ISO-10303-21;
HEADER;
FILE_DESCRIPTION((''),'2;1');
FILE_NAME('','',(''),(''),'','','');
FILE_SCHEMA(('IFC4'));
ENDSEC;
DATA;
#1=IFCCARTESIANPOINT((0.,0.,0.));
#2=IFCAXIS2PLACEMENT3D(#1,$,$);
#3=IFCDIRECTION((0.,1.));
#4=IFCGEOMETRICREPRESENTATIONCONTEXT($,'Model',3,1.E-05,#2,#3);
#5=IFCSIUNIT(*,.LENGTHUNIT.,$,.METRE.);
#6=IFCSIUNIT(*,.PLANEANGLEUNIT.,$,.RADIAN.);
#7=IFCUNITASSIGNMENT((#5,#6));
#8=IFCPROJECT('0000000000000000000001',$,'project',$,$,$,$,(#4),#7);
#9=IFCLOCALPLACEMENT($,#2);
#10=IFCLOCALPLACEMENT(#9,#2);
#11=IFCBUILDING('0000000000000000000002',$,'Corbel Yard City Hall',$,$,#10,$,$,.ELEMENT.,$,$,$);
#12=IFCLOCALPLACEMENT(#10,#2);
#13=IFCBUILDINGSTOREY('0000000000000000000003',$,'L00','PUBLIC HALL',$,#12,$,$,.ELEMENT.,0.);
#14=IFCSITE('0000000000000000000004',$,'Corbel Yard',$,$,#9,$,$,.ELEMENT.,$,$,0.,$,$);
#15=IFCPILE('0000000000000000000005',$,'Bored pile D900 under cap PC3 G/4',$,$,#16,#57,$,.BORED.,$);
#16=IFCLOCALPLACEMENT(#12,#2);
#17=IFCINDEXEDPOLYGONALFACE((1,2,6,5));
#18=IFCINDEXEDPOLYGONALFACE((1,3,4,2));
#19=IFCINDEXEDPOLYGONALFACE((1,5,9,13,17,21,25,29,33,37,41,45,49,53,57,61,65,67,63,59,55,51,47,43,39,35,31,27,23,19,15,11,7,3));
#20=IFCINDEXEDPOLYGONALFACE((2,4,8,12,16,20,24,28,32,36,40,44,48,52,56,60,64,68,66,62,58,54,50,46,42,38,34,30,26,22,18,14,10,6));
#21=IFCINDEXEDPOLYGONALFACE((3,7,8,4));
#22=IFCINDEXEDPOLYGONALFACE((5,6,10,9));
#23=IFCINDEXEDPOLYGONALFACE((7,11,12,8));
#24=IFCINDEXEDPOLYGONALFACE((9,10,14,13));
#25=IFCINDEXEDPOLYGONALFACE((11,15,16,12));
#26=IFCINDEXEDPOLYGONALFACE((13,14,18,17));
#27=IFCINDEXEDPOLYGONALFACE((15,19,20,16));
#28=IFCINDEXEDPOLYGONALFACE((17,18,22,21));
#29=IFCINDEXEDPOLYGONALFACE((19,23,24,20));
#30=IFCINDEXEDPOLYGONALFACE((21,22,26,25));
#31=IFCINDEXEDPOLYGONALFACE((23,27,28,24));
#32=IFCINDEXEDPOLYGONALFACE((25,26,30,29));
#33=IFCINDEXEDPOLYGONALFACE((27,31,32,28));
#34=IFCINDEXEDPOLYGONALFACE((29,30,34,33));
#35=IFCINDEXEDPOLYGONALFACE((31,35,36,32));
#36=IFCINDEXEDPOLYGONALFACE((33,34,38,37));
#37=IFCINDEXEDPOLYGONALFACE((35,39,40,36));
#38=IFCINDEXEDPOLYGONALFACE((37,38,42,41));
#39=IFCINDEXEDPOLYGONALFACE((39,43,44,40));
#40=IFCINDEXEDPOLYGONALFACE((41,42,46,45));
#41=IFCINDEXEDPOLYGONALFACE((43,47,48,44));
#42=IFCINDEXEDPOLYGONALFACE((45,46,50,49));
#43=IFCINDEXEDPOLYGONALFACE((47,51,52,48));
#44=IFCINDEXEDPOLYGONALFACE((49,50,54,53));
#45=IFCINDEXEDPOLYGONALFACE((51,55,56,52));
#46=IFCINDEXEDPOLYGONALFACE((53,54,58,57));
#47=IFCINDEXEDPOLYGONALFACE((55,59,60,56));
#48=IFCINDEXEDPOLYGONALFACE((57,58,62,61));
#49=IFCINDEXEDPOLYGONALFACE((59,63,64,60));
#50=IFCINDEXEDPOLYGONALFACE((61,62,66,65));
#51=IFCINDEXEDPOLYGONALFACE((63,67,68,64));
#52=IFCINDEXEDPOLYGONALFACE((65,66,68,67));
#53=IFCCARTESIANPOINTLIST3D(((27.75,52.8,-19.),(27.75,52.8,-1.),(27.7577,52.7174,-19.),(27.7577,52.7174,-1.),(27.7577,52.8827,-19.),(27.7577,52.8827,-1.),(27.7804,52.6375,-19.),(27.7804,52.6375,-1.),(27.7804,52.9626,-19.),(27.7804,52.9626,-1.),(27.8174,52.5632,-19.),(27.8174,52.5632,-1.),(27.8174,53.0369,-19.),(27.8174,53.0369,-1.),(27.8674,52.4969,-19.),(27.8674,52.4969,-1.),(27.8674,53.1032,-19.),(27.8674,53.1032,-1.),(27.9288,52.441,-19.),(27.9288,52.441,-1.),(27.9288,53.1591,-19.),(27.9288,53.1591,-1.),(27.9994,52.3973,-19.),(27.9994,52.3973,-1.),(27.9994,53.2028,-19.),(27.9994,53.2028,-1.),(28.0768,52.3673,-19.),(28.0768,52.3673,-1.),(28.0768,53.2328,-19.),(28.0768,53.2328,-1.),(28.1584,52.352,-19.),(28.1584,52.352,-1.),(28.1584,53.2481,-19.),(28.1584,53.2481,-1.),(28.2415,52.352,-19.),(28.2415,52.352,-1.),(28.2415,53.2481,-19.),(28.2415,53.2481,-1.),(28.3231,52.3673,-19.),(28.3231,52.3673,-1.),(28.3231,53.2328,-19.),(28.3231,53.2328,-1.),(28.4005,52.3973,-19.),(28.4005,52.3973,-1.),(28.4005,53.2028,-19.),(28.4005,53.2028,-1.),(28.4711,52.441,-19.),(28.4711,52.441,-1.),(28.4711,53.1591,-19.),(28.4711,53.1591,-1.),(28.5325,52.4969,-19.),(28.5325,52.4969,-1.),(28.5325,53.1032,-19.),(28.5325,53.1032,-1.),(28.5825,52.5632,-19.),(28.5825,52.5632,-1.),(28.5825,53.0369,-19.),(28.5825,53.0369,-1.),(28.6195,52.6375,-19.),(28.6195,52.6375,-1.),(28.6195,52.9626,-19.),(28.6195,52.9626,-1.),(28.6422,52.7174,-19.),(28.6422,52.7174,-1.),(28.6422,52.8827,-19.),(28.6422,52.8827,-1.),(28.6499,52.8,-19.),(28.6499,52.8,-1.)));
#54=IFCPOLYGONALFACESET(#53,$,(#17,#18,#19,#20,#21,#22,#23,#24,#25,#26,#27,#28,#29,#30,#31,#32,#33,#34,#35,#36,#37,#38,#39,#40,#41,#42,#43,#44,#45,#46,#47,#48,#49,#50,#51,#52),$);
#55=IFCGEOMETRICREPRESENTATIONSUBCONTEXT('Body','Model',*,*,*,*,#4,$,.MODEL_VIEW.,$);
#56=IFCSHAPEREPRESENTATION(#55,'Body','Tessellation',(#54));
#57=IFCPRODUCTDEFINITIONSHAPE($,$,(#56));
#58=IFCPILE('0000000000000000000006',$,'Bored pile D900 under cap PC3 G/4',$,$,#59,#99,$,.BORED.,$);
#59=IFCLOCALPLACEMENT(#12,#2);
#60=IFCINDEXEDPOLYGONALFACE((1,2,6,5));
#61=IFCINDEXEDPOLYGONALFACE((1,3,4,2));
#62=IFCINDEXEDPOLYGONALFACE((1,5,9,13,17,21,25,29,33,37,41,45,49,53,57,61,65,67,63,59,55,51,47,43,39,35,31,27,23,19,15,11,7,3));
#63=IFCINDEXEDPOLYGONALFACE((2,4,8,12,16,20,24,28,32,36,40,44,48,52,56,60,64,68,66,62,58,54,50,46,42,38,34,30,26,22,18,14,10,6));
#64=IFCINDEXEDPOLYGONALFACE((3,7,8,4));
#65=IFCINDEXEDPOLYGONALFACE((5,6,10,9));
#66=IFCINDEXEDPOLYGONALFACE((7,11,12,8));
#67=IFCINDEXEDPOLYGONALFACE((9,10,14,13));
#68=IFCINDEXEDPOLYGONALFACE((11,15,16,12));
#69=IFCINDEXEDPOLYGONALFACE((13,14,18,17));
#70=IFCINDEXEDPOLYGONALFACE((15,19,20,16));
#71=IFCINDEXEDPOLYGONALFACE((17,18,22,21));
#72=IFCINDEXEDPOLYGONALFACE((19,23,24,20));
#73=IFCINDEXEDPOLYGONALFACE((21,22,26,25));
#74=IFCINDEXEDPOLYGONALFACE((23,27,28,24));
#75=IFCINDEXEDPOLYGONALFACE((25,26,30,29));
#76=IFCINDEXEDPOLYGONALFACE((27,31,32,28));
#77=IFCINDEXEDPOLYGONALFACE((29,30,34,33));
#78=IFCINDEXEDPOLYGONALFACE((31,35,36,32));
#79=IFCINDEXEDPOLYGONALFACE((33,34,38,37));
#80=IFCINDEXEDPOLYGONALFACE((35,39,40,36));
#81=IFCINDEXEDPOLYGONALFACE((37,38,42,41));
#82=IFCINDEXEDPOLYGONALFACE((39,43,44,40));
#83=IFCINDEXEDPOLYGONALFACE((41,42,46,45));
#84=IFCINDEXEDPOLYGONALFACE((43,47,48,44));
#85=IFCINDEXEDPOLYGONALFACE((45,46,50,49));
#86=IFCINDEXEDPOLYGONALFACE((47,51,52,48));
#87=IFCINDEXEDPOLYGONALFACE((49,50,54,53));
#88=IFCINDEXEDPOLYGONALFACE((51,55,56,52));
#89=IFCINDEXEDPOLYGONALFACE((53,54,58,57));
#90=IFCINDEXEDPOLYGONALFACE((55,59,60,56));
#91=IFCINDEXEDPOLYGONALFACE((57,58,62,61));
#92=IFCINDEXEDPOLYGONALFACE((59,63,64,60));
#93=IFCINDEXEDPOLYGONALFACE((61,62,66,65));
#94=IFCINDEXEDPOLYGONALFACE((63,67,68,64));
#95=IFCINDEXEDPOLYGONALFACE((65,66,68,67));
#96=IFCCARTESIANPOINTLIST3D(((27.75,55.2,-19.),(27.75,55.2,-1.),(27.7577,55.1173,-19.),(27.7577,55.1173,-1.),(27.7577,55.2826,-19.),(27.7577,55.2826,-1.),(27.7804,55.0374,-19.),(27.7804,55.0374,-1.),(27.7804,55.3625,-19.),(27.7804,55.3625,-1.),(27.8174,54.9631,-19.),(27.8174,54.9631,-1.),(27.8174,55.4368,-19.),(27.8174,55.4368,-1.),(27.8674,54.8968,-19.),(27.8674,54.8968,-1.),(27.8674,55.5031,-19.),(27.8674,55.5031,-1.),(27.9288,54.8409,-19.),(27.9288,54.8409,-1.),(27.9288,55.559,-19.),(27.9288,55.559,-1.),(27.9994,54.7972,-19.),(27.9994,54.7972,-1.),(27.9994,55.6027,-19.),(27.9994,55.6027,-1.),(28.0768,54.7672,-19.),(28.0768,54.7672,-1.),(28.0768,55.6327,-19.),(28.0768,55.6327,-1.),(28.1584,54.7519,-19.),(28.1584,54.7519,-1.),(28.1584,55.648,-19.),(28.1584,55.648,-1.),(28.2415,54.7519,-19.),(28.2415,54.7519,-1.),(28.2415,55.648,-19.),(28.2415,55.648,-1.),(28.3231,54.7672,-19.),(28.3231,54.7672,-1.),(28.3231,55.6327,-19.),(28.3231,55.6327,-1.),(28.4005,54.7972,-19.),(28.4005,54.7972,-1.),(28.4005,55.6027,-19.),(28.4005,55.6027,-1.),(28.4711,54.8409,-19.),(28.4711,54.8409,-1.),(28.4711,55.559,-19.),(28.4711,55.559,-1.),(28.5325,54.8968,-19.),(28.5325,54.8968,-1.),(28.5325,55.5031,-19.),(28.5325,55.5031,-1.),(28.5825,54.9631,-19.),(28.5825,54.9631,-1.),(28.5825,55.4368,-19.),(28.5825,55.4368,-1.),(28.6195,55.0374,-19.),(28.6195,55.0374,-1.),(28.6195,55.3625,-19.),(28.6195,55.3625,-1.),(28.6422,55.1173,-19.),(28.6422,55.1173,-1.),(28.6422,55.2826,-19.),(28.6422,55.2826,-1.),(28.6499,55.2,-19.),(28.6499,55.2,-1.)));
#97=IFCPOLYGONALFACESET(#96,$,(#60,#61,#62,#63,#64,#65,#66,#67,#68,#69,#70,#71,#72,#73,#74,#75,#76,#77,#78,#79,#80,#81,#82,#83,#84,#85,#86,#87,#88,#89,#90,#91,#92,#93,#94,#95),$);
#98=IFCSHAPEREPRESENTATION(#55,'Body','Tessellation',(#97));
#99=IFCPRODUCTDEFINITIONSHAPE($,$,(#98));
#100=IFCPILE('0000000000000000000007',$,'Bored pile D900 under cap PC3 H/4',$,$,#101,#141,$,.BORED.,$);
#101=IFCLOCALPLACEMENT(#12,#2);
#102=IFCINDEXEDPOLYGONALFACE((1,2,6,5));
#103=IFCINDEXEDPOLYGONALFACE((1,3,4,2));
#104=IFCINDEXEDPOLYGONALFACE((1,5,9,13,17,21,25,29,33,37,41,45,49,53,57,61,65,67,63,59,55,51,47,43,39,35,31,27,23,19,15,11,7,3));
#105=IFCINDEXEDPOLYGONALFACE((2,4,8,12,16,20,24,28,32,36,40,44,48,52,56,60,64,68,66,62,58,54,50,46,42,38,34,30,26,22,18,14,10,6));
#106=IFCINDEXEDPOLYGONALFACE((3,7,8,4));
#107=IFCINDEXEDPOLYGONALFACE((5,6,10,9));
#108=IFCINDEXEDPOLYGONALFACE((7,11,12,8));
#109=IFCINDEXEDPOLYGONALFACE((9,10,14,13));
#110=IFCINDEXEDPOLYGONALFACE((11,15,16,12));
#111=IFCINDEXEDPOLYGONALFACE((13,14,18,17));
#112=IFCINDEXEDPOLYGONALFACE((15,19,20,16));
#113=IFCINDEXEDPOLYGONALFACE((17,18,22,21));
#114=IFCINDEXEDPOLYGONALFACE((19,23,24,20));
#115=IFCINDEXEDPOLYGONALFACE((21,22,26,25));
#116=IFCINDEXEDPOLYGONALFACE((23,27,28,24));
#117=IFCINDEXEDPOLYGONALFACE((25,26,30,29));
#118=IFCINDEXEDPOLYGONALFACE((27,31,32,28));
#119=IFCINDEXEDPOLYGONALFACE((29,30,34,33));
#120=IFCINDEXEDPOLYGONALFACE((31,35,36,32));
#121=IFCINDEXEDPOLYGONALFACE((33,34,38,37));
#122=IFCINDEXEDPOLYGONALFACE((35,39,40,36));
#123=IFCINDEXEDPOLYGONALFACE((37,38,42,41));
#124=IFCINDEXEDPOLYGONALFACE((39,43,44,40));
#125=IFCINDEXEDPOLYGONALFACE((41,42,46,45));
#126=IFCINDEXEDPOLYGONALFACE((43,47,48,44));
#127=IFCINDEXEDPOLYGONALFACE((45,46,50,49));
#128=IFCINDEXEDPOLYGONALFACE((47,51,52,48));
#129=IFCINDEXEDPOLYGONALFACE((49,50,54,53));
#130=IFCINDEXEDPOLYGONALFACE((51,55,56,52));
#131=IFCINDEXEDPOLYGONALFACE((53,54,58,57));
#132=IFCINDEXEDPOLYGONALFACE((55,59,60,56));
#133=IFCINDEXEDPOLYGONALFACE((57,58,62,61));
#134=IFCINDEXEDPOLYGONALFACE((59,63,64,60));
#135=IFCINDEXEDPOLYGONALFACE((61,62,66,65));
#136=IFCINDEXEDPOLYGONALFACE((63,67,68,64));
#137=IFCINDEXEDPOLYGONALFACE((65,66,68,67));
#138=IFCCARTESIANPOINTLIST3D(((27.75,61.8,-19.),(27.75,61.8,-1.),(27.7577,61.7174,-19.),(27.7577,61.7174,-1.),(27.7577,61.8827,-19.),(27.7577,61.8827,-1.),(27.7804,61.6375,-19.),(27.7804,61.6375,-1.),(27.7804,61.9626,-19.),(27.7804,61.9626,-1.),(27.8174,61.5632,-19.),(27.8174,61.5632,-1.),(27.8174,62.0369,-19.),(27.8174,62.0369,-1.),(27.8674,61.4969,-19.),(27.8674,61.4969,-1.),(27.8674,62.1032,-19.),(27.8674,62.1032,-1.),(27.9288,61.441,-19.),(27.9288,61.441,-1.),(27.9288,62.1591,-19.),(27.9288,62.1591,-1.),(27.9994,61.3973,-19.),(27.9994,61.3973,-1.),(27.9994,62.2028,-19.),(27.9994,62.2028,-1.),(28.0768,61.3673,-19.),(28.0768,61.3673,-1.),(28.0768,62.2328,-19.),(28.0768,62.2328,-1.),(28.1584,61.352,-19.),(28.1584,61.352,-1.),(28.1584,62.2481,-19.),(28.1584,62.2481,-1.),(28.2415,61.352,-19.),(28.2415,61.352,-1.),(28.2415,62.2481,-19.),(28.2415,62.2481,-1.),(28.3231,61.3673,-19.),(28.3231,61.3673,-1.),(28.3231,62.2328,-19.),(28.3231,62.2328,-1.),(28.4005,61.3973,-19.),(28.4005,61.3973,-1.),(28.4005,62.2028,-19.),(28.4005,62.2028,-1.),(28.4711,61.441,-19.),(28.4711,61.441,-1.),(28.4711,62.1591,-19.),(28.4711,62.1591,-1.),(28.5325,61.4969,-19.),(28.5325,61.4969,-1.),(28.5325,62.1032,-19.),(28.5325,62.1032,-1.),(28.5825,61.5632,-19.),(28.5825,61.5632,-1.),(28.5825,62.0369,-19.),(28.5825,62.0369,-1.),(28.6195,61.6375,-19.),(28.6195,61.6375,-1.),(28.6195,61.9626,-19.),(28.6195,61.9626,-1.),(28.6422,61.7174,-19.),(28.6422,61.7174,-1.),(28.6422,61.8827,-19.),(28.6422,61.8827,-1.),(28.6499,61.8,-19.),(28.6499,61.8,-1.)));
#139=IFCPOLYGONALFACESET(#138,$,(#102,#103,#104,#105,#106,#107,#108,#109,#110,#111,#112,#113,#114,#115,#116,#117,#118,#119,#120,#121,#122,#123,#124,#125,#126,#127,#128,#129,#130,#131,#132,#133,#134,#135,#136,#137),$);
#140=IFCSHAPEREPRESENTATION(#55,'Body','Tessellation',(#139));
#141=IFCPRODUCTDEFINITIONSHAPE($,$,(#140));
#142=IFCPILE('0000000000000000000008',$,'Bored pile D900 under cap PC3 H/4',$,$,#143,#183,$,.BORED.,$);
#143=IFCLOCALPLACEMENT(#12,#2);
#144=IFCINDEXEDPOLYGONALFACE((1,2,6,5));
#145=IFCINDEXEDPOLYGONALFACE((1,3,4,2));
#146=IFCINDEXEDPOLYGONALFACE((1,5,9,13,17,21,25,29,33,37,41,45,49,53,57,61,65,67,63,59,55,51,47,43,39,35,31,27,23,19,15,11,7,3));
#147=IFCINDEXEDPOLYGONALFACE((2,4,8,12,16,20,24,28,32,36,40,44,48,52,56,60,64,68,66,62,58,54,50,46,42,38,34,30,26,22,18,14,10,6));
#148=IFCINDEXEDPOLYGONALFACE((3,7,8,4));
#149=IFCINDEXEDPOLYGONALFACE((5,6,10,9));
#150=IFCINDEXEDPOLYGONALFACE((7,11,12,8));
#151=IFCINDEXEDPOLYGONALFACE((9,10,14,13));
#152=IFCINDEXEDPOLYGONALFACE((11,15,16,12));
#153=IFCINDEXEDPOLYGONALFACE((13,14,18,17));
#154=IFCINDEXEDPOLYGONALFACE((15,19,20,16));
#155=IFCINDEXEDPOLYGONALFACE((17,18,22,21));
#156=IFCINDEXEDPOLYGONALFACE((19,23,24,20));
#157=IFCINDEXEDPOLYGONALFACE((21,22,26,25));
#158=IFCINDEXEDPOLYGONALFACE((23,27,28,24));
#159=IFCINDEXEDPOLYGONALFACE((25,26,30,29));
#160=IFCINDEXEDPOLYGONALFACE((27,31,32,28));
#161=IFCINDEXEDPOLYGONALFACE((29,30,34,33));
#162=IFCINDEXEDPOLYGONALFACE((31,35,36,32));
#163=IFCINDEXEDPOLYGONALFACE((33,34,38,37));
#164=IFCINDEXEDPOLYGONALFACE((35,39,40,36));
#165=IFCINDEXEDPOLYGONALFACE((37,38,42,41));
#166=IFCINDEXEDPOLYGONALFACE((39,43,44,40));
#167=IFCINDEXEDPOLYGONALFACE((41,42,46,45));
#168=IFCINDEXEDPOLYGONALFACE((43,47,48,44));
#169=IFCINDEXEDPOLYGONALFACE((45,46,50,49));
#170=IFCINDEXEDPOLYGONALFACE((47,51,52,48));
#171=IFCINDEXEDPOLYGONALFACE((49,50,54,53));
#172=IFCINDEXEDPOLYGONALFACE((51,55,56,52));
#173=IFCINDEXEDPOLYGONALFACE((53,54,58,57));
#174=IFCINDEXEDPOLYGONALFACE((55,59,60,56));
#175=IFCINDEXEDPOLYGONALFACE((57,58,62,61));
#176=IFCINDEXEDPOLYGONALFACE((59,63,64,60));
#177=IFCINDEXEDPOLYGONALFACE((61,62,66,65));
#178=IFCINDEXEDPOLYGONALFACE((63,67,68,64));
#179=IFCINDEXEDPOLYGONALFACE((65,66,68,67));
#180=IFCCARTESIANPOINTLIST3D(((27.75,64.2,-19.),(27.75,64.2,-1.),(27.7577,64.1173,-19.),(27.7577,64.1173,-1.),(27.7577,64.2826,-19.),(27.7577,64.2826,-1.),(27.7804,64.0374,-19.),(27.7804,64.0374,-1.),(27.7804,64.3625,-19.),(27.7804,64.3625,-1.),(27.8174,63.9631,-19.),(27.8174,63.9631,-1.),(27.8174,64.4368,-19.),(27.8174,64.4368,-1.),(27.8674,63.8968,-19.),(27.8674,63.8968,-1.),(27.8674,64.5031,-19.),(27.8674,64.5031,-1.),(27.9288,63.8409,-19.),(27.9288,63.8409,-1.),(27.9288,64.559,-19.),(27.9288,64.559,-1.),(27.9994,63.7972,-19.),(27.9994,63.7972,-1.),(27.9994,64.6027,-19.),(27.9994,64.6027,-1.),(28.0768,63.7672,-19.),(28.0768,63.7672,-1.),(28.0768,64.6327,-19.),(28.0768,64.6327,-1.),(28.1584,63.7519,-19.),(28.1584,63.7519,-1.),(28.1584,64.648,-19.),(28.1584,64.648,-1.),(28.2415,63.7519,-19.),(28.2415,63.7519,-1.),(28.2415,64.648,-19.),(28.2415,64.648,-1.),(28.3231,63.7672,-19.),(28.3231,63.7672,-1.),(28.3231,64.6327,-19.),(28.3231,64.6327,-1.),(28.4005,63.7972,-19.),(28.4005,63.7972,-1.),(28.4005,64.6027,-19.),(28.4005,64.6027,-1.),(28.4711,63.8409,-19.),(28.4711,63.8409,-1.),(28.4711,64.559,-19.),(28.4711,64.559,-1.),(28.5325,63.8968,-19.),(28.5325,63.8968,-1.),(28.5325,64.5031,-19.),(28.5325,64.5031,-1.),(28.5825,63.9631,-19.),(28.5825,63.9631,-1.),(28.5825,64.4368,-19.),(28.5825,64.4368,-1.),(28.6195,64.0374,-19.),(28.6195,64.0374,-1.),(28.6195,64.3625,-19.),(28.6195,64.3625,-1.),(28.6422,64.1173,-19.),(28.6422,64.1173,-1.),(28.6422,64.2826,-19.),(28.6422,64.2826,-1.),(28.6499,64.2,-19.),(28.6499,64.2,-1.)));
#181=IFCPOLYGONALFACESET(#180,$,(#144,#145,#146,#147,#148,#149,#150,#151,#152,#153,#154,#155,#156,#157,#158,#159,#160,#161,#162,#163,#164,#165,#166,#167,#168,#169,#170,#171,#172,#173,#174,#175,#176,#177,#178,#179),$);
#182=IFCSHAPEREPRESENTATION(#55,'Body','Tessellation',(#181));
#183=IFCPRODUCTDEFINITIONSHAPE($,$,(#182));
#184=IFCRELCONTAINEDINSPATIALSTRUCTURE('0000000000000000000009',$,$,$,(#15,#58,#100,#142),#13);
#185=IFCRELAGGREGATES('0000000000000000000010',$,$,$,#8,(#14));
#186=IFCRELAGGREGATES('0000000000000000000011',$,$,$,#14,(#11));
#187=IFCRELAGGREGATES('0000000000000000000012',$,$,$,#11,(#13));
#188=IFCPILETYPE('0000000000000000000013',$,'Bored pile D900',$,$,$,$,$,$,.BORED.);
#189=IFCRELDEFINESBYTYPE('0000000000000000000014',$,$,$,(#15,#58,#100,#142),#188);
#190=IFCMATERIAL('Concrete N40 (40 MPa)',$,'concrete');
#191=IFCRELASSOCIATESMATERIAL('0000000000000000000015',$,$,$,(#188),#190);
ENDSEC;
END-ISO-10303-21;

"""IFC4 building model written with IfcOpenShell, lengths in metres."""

from ifc_helpers import new_model, si_unit, direction, frame, origin, origin_2d, place, context, subcontext, project, spatial, circle, extrude, material, material_profile, profile_set, type_object, element, save


model = new_model("IFC4")

# Units and contexts
model_context = context("Model", 3, precision=1e-05, world=origin(), true_north=direction((0.0, 1.0)))
body_context = subcontext(model_context, "Body", "Model", "MODEL_VIEW")
ifc_project = project(units=[si_unit("LENGTHUNIT", "METRE"), si_unit("PLANEANGLEUNIT", "RADIAN")], contexts=[model_context])

# Site, building, storey
site_placement = place(None, origin())
site = spatial("IfcSite", under=ifc_project, at=site_placement, Name="Corbel Yard", CompositionType="ELEMENT", RefElevation=0.0)
building_placement = place(site_placement, origin())
building = spatial("IfcBuilding", under=site, at=building_placement, Name="Corbel Yard City Hall", CompositionType="ELEMENT")
storey_placement = place(building_placement, origin())
storey = spatial("IfcBuildingStorey", under=building, at=storey_placement, Name="L00", Description="PUBLIC HALL", CompositionType="ELEMENT", Elevation=0.0)

# Piles
ifc_material_1 = material(Name="Concrete N40 (40 MPa)", Category="concrete")
ifc_material_profile_1 = material_profile(ifc_material_1, circle(Radius=0.45, at=origin_2d()), Name="D900")
ifc_profile_set_1 = profile_set([ifc_material_profile_1], Name="Concrete N40 (40 MPa)")
pile_type = type_object("IfcPileType", Name="Bored pile D900", PredefinedType="BORED", material=ifc_profile_set_1)
for number, where, z_axis, x_axis, name in (
    (1, (28.2, 52.8, -1.0), (0.0, 0.0, -1.0), (1.0, 0.0, 0.0), "Bored pile D900 under cap PC3 G/4"),
    (2, (28.2, 55.2, -1.0), (0.0, 0.0, -1.0), (1.0, 0.0, 0.0), "Bored pile D900 under cap PC3 G/4"),
    (3, (28.2, 61.8, -1.0), (0.0, 0.0, -1.0), (1.0, 0.0, 0.0), "Bored pile D900 under cap PC3 H/4"),
    (4, (28.2, 64.2, -1.0), (0.0, 0.0, -1.0), (1.0, 0.0, 0.0), "Bored pile D900 under cap PC3 H/4"),
):
    element("IfcPile", number, at=place(storey_placement, frame(where, z_axis=z_axis, x_axis=x_axis)), inside=storey, type_object=pile_type, Name=name, PredefinedType="BORED", context=body_context, shape_type="SweptSolid", body=[
        extrude(circle(Radius=0.45, at=origin_2d()), origin(), (0.0, 0.0, 1.0), 18.0),
    ])

save(model, "model.ifc")
